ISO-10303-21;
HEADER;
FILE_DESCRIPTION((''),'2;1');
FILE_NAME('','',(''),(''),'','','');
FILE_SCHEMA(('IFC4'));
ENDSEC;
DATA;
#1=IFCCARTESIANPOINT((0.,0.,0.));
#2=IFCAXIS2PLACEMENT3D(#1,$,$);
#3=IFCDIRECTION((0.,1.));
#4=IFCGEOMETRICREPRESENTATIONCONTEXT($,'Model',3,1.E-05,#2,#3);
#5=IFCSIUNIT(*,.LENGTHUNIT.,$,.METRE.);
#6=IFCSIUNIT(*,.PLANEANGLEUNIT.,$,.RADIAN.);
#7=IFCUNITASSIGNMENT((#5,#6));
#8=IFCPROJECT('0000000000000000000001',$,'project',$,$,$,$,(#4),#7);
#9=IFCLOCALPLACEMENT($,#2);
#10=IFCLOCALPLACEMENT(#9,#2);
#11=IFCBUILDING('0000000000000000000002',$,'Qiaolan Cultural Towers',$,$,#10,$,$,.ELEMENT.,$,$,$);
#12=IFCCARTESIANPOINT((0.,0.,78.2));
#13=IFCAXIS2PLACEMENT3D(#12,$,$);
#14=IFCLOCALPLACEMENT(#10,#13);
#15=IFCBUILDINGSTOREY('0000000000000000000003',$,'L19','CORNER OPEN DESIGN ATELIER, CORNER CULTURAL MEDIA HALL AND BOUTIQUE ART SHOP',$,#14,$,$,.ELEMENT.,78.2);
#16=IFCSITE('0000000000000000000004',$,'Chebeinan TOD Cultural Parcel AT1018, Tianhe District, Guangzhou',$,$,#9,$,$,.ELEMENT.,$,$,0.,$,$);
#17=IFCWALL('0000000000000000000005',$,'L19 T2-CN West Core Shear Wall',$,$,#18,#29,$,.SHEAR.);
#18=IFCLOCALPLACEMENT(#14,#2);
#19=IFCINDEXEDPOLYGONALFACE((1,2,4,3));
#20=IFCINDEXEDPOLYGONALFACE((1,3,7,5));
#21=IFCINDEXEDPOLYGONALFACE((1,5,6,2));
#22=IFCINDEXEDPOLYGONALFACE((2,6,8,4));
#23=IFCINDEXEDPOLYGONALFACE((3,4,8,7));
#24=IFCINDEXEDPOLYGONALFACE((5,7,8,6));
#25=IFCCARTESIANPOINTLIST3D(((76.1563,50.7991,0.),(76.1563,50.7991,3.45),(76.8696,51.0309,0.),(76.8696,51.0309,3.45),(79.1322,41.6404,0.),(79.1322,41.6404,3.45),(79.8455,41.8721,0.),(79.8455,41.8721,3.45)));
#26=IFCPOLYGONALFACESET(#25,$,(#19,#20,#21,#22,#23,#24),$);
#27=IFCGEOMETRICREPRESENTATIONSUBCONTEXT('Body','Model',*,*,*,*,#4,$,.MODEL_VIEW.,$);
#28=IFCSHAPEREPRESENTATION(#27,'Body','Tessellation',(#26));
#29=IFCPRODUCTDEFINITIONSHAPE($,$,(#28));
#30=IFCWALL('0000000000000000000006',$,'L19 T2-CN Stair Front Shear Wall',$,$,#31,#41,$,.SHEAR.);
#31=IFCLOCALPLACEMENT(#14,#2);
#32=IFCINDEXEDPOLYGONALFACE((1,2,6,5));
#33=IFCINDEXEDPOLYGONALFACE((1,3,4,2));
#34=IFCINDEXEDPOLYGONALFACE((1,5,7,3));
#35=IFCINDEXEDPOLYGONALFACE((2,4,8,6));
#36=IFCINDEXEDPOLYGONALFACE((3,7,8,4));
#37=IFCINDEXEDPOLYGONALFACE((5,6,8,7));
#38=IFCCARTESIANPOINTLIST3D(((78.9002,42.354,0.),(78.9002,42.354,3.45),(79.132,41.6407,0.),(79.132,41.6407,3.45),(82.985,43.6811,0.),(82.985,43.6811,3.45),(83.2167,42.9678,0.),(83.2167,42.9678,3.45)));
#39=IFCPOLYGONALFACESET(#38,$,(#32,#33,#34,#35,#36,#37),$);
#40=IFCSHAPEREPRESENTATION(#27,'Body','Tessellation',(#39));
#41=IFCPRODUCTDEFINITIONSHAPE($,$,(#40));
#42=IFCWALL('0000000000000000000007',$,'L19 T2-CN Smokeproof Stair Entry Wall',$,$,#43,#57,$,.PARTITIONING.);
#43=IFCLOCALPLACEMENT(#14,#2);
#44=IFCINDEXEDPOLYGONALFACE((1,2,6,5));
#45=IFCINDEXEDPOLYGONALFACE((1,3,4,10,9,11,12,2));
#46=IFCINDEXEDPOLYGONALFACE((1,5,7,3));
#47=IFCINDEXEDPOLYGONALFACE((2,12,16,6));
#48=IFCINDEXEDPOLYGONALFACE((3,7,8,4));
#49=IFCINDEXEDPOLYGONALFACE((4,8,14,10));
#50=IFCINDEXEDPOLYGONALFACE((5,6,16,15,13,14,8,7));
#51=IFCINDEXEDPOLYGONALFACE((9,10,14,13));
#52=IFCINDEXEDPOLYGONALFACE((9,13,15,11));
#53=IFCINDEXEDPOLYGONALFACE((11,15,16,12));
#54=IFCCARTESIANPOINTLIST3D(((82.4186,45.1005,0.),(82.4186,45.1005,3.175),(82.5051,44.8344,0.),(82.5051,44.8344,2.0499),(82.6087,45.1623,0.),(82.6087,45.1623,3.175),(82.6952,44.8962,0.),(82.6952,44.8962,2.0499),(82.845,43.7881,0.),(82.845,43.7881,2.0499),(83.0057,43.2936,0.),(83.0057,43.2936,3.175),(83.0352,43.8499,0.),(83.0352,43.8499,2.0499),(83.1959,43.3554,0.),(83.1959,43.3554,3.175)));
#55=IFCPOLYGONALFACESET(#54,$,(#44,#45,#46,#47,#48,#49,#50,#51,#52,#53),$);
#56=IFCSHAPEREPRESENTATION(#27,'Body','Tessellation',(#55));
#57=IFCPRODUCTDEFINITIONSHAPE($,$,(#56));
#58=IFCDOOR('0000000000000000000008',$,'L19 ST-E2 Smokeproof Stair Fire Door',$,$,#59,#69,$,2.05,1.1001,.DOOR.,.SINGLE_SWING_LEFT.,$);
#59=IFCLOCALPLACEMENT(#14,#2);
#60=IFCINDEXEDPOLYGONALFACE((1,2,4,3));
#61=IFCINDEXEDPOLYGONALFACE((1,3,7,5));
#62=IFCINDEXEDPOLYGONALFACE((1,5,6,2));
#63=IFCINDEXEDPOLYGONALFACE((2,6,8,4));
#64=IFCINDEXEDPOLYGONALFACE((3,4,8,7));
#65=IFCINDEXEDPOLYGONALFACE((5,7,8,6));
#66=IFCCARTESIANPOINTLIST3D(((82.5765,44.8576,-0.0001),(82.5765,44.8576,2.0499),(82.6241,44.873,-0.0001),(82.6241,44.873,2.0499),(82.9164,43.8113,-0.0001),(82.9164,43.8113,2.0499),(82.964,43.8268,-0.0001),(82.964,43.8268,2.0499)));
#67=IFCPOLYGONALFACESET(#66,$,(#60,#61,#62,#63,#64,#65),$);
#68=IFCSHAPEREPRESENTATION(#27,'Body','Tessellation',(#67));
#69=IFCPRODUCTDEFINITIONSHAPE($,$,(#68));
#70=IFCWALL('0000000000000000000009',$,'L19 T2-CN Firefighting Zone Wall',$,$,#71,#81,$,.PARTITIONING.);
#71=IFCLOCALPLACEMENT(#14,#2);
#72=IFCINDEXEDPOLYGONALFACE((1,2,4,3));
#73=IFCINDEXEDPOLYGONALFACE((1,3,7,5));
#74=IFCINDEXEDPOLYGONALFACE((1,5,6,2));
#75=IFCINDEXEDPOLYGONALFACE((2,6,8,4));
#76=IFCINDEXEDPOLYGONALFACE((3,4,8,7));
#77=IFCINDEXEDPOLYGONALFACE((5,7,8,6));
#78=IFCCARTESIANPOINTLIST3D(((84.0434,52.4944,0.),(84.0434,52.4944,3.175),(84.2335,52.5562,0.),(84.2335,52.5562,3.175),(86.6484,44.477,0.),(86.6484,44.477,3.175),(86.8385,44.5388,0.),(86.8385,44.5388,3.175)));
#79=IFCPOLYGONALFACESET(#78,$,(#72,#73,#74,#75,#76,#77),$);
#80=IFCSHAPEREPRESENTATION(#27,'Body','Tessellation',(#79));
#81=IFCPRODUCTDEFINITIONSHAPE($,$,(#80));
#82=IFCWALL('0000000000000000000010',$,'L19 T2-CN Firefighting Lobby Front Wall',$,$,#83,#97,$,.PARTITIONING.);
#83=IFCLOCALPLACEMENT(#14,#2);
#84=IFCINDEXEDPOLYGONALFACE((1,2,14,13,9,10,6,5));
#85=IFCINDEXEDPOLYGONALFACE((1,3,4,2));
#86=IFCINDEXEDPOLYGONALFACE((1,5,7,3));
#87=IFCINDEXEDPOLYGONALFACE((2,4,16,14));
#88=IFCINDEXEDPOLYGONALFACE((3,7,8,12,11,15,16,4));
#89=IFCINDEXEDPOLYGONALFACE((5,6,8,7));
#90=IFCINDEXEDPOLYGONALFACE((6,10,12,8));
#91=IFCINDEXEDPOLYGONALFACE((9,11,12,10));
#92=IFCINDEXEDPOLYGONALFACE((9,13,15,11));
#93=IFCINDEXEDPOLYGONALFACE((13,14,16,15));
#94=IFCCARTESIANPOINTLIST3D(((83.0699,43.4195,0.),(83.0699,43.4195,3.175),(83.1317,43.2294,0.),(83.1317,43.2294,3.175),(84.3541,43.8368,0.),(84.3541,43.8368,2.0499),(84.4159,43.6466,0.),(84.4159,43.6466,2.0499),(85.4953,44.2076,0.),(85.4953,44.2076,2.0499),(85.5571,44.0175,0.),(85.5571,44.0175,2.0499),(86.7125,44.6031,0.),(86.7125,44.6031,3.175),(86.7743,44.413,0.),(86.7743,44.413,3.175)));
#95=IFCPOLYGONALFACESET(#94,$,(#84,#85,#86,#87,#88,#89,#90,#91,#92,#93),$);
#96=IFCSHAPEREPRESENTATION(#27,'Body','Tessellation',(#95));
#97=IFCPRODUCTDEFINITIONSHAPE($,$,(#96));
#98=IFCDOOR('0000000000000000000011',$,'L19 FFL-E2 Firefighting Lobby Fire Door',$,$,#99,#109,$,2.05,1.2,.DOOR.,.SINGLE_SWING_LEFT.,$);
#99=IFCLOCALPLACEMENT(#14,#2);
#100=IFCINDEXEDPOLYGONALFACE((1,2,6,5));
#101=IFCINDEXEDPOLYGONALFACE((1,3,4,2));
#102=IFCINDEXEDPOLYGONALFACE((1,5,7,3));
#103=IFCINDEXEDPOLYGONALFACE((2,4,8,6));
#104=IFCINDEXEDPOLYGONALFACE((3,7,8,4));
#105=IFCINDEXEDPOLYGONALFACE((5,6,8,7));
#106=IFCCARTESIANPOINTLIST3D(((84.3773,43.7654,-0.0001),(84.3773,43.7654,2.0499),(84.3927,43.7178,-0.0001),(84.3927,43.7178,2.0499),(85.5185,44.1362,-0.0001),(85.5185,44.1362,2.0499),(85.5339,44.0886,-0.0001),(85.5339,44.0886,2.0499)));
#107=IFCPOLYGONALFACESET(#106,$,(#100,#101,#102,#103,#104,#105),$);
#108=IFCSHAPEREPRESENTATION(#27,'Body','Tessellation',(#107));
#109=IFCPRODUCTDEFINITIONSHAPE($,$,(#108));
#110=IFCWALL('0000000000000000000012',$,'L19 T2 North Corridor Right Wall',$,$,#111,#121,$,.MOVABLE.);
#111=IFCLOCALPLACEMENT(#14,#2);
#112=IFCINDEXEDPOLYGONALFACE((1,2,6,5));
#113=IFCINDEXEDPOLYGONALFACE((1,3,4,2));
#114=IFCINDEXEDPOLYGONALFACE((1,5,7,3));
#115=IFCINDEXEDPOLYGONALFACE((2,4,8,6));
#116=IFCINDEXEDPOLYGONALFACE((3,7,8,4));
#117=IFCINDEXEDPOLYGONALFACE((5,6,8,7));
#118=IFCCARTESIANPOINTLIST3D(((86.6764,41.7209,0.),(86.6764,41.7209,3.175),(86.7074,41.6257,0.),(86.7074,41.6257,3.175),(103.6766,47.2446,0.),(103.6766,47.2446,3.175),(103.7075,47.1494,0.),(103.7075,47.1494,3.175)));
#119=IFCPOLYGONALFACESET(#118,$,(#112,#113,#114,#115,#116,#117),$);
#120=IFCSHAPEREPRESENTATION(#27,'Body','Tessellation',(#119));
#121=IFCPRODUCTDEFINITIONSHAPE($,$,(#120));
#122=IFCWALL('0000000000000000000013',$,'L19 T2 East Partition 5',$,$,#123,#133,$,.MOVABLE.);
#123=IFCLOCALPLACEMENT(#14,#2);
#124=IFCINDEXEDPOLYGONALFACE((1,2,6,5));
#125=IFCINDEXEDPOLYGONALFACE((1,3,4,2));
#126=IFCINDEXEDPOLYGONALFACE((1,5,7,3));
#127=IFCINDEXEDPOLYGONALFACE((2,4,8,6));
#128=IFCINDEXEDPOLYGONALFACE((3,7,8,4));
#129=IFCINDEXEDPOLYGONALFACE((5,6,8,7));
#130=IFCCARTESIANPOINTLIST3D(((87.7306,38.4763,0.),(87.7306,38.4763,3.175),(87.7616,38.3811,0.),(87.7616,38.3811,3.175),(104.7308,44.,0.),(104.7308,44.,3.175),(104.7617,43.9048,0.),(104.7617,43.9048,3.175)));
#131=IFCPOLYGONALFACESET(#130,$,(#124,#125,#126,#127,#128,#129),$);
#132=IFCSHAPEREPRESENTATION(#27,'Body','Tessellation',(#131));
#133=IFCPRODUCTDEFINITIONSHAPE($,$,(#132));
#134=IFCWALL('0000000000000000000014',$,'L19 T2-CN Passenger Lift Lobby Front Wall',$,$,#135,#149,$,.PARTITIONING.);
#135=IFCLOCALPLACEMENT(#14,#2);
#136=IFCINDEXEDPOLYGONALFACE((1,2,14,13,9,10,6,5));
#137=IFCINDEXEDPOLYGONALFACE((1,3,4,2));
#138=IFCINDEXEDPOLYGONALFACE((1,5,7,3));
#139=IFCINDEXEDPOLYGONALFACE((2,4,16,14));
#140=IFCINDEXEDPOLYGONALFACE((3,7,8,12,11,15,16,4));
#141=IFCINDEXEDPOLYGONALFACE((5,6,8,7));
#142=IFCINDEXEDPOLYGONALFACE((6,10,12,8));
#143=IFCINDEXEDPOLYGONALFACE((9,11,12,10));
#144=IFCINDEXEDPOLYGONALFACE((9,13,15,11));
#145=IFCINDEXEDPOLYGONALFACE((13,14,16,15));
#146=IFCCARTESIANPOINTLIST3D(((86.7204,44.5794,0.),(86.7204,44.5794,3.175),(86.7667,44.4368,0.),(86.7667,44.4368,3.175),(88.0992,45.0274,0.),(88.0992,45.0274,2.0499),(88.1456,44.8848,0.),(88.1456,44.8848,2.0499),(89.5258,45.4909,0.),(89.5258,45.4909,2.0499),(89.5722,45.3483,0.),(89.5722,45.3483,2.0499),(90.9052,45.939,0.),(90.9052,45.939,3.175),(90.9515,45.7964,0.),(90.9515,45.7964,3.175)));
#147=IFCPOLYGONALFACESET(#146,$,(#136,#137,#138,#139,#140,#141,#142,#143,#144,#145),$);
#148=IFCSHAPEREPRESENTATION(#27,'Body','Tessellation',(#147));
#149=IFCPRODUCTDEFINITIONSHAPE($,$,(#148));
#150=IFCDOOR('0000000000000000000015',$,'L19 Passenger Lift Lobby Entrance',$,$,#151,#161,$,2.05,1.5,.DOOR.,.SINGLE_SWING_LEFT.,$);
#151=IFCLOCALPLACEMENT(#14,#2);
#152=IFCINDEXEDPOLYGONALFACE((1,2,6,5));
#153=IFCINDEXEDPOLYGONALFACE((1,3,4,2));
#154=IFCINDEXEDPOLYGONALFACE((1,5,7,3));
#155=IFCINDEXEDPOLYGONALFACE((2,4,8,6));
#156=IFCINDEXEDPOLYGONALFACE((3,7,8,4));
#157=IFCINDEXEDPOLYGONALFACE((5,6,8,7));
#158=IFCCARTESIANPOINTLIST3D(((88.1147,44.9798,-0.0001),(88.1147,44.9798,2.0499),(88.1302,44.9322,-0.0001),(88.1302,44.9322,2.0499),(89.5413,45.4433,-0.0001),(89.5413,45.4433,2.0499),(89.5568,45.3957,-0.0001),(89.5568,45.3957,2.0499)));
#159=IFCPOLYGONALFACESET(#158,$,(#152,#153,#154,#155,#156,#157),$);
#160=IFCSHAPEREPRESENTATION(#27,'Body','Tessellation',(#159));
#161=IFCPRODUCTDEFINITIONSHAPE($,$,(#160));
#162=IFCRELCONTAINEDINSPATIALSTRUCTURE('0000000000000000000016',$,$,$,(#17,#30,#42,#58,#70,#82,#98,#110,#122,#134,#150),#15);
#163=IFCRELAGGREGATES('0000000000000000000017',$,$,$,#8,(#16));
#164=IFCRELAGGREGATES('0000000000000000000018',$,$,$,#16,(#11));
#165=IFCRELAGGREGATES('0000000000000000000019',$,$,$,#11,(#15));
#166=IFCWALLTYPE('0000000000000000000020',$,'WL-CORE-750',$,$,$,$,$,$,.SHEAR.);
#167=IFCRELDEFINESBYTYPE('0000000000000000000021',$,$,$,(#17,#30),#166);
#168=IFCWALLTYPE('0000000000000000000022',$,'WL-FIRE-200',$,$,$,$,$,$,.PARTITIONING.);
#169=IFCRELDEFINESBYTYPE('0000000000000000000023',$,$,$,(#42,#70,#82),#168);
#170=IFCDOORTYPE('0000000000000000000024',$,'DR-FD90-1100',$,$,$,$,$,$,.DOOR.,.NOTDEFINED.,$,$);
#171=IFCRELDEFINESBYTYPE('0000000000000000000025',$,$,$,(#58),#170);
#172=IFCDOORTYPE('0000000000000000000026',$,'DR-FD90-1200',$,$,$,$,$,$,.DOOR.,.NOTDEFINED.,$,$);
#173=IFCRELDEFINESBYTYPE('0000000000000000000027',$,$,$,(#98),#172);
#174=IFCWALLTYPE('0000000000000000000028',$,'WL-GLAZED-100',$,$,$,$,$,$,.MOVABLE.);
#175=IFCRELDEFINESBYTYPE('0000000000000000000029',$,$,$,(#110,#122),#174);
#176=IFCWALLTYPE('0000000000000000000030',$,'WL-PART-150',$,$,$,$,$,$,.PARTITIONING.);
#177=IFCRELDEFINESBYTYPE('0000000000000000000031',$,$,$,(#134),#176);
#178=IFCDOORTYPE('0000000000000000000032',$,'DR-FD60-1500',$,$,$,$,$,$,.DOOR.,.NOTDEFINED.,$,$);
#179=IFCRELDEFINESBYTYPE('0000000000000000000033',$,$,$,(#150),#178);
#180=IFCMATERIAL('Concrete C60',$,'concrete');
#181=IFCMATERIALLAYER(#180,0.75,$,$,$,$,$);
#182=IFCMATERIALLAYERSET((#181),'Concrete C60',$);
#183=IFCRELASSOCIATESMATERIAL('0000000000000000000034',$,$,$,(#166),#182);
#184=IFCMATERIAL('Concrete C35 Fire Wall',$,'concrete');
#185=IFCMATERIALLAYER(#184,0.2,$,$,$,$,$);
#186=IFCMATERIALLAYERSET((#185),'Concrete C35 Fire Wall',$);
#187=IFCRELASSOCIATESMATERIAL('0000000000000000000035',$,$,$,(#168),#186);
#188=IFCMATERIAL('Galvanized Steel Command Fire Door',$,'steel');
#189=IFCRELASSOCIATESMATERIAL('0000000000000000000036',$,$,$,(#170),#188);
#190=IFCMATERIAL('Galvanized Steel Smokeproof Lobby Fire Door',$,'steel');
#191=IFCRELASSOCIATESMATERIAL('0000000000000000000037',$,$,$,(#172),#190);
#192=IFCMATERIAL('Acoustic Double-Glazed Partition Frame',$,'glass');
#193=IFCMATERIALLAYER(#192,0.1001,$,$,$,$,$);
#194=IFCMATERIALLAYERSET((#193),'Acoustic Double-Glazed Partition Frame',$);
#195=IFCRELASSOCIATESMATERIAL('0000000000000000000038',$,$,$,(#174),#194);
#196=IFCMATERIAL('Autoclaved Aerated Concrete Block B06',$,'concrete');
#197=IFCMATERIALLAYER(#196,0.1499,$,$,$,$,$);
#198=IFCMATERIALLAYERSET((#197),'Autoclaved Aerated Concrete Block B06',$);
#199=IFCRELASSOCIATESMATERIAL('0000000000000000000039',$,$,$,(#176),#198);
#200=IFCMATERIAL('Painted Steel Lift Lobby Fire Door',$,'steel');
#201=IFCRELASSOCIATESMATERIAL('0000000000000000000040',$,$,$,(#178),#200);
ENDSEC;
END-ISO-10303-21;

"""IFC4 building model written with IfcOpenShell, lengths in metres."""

from ifc_helpers import new_model, si_unit, direction, frame, frame_2d, origin, place, context, subcontext, project, spatial, rectangle, extrude, material, layer, layer_set, type_object, element, fill, save


model = new_model("IFC4")

# Units and contexts
model_context = context("Model", 3, precision=1e-05, world=origin(), true_north=direction((0.0, 1.0)))
body_context = subcontext(model_context, "Body", "Model", "MODEL_VIEW")
ifc_project = project(units=[si_unit("LENGTHUNIT", "METRE"), si_unit("PLANEANGLEUNIT", "RADIAN")], contexts=[model_context])

# Site, building, storey
site_placement = place(None, origin())
site = spatial("IfcSite", under=ifc_project, at=site_placement, Name="Chebeinan TOD Cultural Parcel AT1018, Tianhe District, Guangzhou", CompositionType="ELEMENT", RefElevation=0.0)
building_placement = place(site_placement, origin())
building = spatial("IfcBuilding", under=site, at=building_placement, Name="Qiaolan Cultural Towers", CompositionType="ELEMENT")
storey_placement = place(building_placement, frame((0.0, 0.0, 78.2)))
storey = spatial("IfcBuildingStorey", under=building, at=storey_placement, Name="L19", Description="CORNER OPEN DESIGN ATELIER, CORNER CULTURAL MEDIA HALL AND BOUTIQUE ART SHOP", CompositionType="ELEMENT", Elevation=78.2)

# Walls
ifc_material_1 = material(Name="Concrete C60", Category="concrete")
ifc_layer_1 = layer(ifc_material_1, 0.75)
ifc_layer_set_1 = layer_set([ifc_layer_1], Name="Concrete C60")
wall_type_1 = type_object("IfcWallType", Name="WL-CORE-750", PredefinedType="SHEAR", material=ifc_layer_set_1)
wall_1_placement = place(storey_placement, frame((79.4888, 41.7563, 0.0), z_axis=(0.0, 0.0, 1.0), x_axis=(-0.309016, 0.951057, 0.0)))
element("IfcWall", 1, at=wall_1_placement, inside=storey, type_object=wall_type_1, Name="L19 T2-CN West Core Shear Wall", PredefinedType="SHEAR", context=body_context, shape_type="SweptSolid", body=[
    extrude(rectangle(XDim=9.6301, YDim=0.75, at=frame_2d((4.8149, 0.0))), origin(), (0.0, 0.0, 1.0), 3.45),
])
wall_2_placement = place(storey_placement, frame((79.0161, 41.9973, 0.0), z_axis=(0.0, 0.0, 1.0), x_axis=(0.95106, 0.309005, 0.0)))
element("IfcWall", 2, at=wall_2_placement, inside=storey, type_object=wall_type_1, Name="L19 T2-CN Stair Front Shear Wall", PredefinedType="SHEAR", context=body_context, shape_type="SweptSolid", body=[
    extrude(rectangle(XDim=4.2949, YDim=0.75, at=frame_2d((2.1475, 0.0))), origin(), (0.0, 0.0, 1.0), 3.45),
])

# Wall, opening, door
ifc_material_2 = material(Name="Concrete C35 Fire Wall", Category="concrete")
ifc_layer_2 = layer(ifc_material_2, 0.2)
ifc_layer_set_2 = layer_set([ifc_layer_2], Name="Concrete C35 Fire Wall")
wall_type_2 = type_object("IfcWallType", Name="WL-FIRE-200", PredefinedType="PARTITIONING", material=ifc_layer_set_2)
wall_3_placement = place(storey_placement, frame((83.1008, 43.3245, 0.0), z_axis=(0.0, 0.0, 1.0), x_axis=(-0.309048, 0.951046, 0.0)))
wall_3 = element("IfcWall", 3, at=wall_3_placement, inside=storey, type_object=wall_type_2, Name="L19 T2-CN Smokeproof Stair Entry Wall", PredefinedType="PARTITIONING", context=body_context, shape_type="SweptSolid", body=[
    extrude(rectangle(XDim=1.8999, YDim=0.2, at=frame_2d((0.95, 0.0))), origin(), (0.0, 0.0, 1.0), 3.175),
])
opening_1_placement = place(wall_3_placement, frame((0.52, 0.0, 0.0)))
opening_1 = element("IfcOpeningElement", 4, at=opening_1_placement, cuts=wall_3, PredefinedType="OPENING", context=body_context, shape_type="SweptSolid", body=[
    extrude(rectangle(XDim=1.1001, YDim=2.05, at=frame_2d((0.55, 1.0249))), frame((0.0, 0.1099, 0.0), z_axis=(0.0, -1.0, 0.0), x_axis=(1.0, 0.0, 0.0)), (0.0, 0.0, 1.0), 0.22),
])
ifc_material_3 = material(Name="Galvanized Steel Command Fire Door", Category="steel")
door_type_1 = type_object("IfcDoorType", Name="DR-FD90-1100", OperationType="NOTDEFINED", PredefinedType="DOOR", material=ifc_material_3)
door_1_placement = place(opening_1_placement, origin())
door_1 = element("IfcDoor", 5, at=door_1_placement, inside=storey, type_object=door_type_1, Name="L19 ST-E2 Smokeproof Stair Fire Door", OperationType="SINGLE_SWING_LEFT", OverallHeight=2.05, OverallWidth=1.1001, PredefinedType="DOOR", context=body_context, shape_type="SweptSolid", body=[
    extrude(rectangle(XDim=1.1001, YDim=2.05, at=frame_2d((0.55, 1.0249))), frame((0.0, 0.0249, 0.0), z_axis=(0.0, -1.0, 0.0), x_axis=(1.0, 0.0, 0.0)), (0.0, 0.0, 1.0), 0.05),
])
fill(opening_1, door_1)

# Wall
wall_4_placement = place(storey_placement, frame((86.7434, 44.5081, 0.0), z_axis=(0.0, 0.0, 1.0), x_axis=(-0.309016, 0.951057, 0.0)))
element("IfcWall", 6, at=wall_4_placement, inside=storey, type_object=wall_type_2, Name="L19 T2-CN Firefighting Zone Wall", PredefinedType="PARTITIONING", context=body_context, shape_type="SweptSolid", body=[
    extrude(rectangle(XDim=8.4299, YDim=0.2, at=frame_2d((4.2148, 0.0))), origin(), (0.0, 0.0, 1.0), 3.175),
])

# Wall, opening, door
wall_5_placement = place(storey_placement, frame((83.1008, 43.3245, 0.0), z_axis=(0.0, 0.0, 1.0), x_axis=(0.951053, 0.309028, 0.0)))
wall_5 = element("IfcWall", 7, at=wall_5_placement, inside=storey, type_object=wall_type_2, Name="L19 T2-CN Firefighting Lobby Front Wall", PredefinedType="PARTITIONING", context=body_context, shape_type="SweptSolid", body=[
    extrude(rectangle(XDim=3.8301, YDim=0.2, at=frame_2d((1.915, 0.0))), origin(), (0.0, 0.0, 1.0), 3.175),
])
opening_2_placement = place(wall_5_placement, frame((1.3501, 0.0, 0.0)))
opening_2 = element("IfcOpeningElement", 8, at=opening_2_placement, cuts=wall_5, PredefinedType="OPENING", context=body_context, shape_type="SweptSolid", body=[
    extrude(rectangle(XDim=1.2, YDim=2.05, at=frame_2d((0.6001, 1.0249))), frame((0.0, 0.1099, 0.0), z_axis=(0.0, -1.0, 0.0), x_axis=(1.0, 0.0, 0.0)), (0.0, 0.0, 1.0), 0.22),
])
ifc_material_4 = material(Name="Galvanized Steel Smokeproof Lobby Fire Door", Category="steel")
door_type_2 = type_object("IfcDoorType", Name="DR-FD90-1200", OperationType="NOTDEFINED", PredefinedType="DOOR", material=ifc_material_4)
door_2_placement = place(opening_2_placement, origin())
door_2 = element("IfcDoor", 9, at=door_2_placement, inside=storey, type_object=door_type_2, Name="L19 FFL-E2 Firefighting Lobby Fire Door", OperationType="SINGLE_SWING_LEFT", OverallHeight=2.05, OverallWidth=1.2, PredefinedType="DOOR", context=body_context, shape_type="SweptSolid", body=[
    extrude(rectangle(XDim=1.2, YDim=2.05, at=frame_2d((0.6001, 1.0249))), frame((0.0, 0.0249, 0.0), z_axis=(0.0, -1.0, 0.0), x_axis=(1.0, 0.0, 0.0)), (0.0, 0.0, 1.0), 0.05),
])
fill(opening_2, door_2)

# Walls
ifc_material_5 = material(Name="Acoustic Double-Glazed Partition Frame", Category="glass")
ifc_layer_3 = layer(ifc_material_5, 0.1001)
ifc_layer_set_3 = layer_set([ifc_layer_3], Name="Acoustic Double-Glazed Partition Frame")
wall_type_3 = type_object("IfcWallType", Name="WL-GLAZED-100", PredefinedType="MOVABLE", material=ifc_layer_set_3)
for number, where, z_axis, x_axis, name in (
    (10, (86.6919, 41.6733, 0.0), (0.0, 0.0, 1.0), (0.951057, 0.309015, 0.0), "L19 T2 North Corridor Right Wall"),
    (11, (87.7461, 38.4287, 0.0), (0.0, 0.0, 1.0), (0.951057, 0.309015, 0.0), "L19 T2 East Partition 5"),
):
    element("IfcWall", number, at=place(storey_placement, frame(where, z_axis=z_axis, x_axis=x_axis)), inside=storey, type_object=wall_type_3, Name=name, PredefinedType="MOVABLE", context=body_context, shape_type="SweptSolid", body=[
        extrude(rectangle(XDim=17.875, YDim=0.1001, at=frame_2d((8.9375, 0.0))), origin(), (0.0, 0.0, 1.0), 3.175),
    ])

# Wall, opening, door
ifc_material_6 = material(Name="Autoclaved Aerated Concrete Block B06", Category="concrete")
ifc_layer_4 = layer(ifc_material_6, 0.1499)
ifc_layer_set_4 = layer_set([ifc_layer_4], Name="Autoclaved Aerated Concrete Block B06")
wall_type_4 = type_object("IfcWallType", Name="WL-PART-150", PredefinedType="PARTITIONING", material=ifc_layer_set_4)
wall_6_placement = place(storey_placement, frame((86.7434, 44.5081, 0.0), z_axis=(0.0, 0.0, 1.0), x_axis=(0.951064, 0.308994, 0.0)))
wall_6 = element("IfcWall", 12, at=wall_6_placement, inside=storey, type_object=wall_type_4, Name="L19 T2-CN Passenger Lift Lobby Front Wall", PredefinedType="PARTITIONING", context=body_context, shape_type="SweptSolid", body=[
    extrude(rectangle(XDim=4.4001, YDim=0.1499, at=frame_2d((2.2002, 0.0))), origin(), (0.0, 0.0, 1.0), 3.175),
])
opening_3_placement = place(wall_6_placement, frame((1.45, 0.0, 0.0)))
opening_3 = element("IfcOpeningElement", 13, at=opening_3_placement, cuts=wall_6, PredefinedType="OPENING", context=body_context, shape_type="SweptSolid", body=[
    extrude(rectangle(XDim=1.5, YDim=2.05, at=frame_2d((0.75, 1.0249))), frame((0.0, 0.085, 0.0), z_axis=(0.0, -1.0, 0.0), x_axis=(1.0, 0.0, 0.0)), (0.0, 0.0, 1.0), 0.1699),
])
ifc_material_7 = material(Name="Painted Steel Lift Lobby Fire Door", Category="steel")
door_type_3 = type_object("IfcDoorType", Name="DR-FD60-1500", OperationType="NOTDEFINED", PredefinedType="DOOR", material=ifc_material_7)
door_3_placement = place(opening_3_placement, origin())
door_3 = element("IfcDoor", 14, at=door_3_placement, inside=storey, type_object=door_type_3, Name="L19 Passenger Lift Lobby Entrance", OperationType="SINGLE_SWING_LEFT", OverallHeight=2.05, OverallWidth=1.5, PredefinedType="DOOR", context=body_context, shape_type="SweptSolid", body=[
    extrude(rectangle(XDim=1.5, YDim=2.05, at=frame_2d((0.75, 1.0249))), frame((0.0, 0.0249, 0.0), z_axis=(0.0, -1.0, 0.0), x_axis=(1.0, 0.0, 0.0)), (0.0, 0.0, 1.0), 0.05),
])
fill(opening_3, door_3)

save(model, "model.ifc")
